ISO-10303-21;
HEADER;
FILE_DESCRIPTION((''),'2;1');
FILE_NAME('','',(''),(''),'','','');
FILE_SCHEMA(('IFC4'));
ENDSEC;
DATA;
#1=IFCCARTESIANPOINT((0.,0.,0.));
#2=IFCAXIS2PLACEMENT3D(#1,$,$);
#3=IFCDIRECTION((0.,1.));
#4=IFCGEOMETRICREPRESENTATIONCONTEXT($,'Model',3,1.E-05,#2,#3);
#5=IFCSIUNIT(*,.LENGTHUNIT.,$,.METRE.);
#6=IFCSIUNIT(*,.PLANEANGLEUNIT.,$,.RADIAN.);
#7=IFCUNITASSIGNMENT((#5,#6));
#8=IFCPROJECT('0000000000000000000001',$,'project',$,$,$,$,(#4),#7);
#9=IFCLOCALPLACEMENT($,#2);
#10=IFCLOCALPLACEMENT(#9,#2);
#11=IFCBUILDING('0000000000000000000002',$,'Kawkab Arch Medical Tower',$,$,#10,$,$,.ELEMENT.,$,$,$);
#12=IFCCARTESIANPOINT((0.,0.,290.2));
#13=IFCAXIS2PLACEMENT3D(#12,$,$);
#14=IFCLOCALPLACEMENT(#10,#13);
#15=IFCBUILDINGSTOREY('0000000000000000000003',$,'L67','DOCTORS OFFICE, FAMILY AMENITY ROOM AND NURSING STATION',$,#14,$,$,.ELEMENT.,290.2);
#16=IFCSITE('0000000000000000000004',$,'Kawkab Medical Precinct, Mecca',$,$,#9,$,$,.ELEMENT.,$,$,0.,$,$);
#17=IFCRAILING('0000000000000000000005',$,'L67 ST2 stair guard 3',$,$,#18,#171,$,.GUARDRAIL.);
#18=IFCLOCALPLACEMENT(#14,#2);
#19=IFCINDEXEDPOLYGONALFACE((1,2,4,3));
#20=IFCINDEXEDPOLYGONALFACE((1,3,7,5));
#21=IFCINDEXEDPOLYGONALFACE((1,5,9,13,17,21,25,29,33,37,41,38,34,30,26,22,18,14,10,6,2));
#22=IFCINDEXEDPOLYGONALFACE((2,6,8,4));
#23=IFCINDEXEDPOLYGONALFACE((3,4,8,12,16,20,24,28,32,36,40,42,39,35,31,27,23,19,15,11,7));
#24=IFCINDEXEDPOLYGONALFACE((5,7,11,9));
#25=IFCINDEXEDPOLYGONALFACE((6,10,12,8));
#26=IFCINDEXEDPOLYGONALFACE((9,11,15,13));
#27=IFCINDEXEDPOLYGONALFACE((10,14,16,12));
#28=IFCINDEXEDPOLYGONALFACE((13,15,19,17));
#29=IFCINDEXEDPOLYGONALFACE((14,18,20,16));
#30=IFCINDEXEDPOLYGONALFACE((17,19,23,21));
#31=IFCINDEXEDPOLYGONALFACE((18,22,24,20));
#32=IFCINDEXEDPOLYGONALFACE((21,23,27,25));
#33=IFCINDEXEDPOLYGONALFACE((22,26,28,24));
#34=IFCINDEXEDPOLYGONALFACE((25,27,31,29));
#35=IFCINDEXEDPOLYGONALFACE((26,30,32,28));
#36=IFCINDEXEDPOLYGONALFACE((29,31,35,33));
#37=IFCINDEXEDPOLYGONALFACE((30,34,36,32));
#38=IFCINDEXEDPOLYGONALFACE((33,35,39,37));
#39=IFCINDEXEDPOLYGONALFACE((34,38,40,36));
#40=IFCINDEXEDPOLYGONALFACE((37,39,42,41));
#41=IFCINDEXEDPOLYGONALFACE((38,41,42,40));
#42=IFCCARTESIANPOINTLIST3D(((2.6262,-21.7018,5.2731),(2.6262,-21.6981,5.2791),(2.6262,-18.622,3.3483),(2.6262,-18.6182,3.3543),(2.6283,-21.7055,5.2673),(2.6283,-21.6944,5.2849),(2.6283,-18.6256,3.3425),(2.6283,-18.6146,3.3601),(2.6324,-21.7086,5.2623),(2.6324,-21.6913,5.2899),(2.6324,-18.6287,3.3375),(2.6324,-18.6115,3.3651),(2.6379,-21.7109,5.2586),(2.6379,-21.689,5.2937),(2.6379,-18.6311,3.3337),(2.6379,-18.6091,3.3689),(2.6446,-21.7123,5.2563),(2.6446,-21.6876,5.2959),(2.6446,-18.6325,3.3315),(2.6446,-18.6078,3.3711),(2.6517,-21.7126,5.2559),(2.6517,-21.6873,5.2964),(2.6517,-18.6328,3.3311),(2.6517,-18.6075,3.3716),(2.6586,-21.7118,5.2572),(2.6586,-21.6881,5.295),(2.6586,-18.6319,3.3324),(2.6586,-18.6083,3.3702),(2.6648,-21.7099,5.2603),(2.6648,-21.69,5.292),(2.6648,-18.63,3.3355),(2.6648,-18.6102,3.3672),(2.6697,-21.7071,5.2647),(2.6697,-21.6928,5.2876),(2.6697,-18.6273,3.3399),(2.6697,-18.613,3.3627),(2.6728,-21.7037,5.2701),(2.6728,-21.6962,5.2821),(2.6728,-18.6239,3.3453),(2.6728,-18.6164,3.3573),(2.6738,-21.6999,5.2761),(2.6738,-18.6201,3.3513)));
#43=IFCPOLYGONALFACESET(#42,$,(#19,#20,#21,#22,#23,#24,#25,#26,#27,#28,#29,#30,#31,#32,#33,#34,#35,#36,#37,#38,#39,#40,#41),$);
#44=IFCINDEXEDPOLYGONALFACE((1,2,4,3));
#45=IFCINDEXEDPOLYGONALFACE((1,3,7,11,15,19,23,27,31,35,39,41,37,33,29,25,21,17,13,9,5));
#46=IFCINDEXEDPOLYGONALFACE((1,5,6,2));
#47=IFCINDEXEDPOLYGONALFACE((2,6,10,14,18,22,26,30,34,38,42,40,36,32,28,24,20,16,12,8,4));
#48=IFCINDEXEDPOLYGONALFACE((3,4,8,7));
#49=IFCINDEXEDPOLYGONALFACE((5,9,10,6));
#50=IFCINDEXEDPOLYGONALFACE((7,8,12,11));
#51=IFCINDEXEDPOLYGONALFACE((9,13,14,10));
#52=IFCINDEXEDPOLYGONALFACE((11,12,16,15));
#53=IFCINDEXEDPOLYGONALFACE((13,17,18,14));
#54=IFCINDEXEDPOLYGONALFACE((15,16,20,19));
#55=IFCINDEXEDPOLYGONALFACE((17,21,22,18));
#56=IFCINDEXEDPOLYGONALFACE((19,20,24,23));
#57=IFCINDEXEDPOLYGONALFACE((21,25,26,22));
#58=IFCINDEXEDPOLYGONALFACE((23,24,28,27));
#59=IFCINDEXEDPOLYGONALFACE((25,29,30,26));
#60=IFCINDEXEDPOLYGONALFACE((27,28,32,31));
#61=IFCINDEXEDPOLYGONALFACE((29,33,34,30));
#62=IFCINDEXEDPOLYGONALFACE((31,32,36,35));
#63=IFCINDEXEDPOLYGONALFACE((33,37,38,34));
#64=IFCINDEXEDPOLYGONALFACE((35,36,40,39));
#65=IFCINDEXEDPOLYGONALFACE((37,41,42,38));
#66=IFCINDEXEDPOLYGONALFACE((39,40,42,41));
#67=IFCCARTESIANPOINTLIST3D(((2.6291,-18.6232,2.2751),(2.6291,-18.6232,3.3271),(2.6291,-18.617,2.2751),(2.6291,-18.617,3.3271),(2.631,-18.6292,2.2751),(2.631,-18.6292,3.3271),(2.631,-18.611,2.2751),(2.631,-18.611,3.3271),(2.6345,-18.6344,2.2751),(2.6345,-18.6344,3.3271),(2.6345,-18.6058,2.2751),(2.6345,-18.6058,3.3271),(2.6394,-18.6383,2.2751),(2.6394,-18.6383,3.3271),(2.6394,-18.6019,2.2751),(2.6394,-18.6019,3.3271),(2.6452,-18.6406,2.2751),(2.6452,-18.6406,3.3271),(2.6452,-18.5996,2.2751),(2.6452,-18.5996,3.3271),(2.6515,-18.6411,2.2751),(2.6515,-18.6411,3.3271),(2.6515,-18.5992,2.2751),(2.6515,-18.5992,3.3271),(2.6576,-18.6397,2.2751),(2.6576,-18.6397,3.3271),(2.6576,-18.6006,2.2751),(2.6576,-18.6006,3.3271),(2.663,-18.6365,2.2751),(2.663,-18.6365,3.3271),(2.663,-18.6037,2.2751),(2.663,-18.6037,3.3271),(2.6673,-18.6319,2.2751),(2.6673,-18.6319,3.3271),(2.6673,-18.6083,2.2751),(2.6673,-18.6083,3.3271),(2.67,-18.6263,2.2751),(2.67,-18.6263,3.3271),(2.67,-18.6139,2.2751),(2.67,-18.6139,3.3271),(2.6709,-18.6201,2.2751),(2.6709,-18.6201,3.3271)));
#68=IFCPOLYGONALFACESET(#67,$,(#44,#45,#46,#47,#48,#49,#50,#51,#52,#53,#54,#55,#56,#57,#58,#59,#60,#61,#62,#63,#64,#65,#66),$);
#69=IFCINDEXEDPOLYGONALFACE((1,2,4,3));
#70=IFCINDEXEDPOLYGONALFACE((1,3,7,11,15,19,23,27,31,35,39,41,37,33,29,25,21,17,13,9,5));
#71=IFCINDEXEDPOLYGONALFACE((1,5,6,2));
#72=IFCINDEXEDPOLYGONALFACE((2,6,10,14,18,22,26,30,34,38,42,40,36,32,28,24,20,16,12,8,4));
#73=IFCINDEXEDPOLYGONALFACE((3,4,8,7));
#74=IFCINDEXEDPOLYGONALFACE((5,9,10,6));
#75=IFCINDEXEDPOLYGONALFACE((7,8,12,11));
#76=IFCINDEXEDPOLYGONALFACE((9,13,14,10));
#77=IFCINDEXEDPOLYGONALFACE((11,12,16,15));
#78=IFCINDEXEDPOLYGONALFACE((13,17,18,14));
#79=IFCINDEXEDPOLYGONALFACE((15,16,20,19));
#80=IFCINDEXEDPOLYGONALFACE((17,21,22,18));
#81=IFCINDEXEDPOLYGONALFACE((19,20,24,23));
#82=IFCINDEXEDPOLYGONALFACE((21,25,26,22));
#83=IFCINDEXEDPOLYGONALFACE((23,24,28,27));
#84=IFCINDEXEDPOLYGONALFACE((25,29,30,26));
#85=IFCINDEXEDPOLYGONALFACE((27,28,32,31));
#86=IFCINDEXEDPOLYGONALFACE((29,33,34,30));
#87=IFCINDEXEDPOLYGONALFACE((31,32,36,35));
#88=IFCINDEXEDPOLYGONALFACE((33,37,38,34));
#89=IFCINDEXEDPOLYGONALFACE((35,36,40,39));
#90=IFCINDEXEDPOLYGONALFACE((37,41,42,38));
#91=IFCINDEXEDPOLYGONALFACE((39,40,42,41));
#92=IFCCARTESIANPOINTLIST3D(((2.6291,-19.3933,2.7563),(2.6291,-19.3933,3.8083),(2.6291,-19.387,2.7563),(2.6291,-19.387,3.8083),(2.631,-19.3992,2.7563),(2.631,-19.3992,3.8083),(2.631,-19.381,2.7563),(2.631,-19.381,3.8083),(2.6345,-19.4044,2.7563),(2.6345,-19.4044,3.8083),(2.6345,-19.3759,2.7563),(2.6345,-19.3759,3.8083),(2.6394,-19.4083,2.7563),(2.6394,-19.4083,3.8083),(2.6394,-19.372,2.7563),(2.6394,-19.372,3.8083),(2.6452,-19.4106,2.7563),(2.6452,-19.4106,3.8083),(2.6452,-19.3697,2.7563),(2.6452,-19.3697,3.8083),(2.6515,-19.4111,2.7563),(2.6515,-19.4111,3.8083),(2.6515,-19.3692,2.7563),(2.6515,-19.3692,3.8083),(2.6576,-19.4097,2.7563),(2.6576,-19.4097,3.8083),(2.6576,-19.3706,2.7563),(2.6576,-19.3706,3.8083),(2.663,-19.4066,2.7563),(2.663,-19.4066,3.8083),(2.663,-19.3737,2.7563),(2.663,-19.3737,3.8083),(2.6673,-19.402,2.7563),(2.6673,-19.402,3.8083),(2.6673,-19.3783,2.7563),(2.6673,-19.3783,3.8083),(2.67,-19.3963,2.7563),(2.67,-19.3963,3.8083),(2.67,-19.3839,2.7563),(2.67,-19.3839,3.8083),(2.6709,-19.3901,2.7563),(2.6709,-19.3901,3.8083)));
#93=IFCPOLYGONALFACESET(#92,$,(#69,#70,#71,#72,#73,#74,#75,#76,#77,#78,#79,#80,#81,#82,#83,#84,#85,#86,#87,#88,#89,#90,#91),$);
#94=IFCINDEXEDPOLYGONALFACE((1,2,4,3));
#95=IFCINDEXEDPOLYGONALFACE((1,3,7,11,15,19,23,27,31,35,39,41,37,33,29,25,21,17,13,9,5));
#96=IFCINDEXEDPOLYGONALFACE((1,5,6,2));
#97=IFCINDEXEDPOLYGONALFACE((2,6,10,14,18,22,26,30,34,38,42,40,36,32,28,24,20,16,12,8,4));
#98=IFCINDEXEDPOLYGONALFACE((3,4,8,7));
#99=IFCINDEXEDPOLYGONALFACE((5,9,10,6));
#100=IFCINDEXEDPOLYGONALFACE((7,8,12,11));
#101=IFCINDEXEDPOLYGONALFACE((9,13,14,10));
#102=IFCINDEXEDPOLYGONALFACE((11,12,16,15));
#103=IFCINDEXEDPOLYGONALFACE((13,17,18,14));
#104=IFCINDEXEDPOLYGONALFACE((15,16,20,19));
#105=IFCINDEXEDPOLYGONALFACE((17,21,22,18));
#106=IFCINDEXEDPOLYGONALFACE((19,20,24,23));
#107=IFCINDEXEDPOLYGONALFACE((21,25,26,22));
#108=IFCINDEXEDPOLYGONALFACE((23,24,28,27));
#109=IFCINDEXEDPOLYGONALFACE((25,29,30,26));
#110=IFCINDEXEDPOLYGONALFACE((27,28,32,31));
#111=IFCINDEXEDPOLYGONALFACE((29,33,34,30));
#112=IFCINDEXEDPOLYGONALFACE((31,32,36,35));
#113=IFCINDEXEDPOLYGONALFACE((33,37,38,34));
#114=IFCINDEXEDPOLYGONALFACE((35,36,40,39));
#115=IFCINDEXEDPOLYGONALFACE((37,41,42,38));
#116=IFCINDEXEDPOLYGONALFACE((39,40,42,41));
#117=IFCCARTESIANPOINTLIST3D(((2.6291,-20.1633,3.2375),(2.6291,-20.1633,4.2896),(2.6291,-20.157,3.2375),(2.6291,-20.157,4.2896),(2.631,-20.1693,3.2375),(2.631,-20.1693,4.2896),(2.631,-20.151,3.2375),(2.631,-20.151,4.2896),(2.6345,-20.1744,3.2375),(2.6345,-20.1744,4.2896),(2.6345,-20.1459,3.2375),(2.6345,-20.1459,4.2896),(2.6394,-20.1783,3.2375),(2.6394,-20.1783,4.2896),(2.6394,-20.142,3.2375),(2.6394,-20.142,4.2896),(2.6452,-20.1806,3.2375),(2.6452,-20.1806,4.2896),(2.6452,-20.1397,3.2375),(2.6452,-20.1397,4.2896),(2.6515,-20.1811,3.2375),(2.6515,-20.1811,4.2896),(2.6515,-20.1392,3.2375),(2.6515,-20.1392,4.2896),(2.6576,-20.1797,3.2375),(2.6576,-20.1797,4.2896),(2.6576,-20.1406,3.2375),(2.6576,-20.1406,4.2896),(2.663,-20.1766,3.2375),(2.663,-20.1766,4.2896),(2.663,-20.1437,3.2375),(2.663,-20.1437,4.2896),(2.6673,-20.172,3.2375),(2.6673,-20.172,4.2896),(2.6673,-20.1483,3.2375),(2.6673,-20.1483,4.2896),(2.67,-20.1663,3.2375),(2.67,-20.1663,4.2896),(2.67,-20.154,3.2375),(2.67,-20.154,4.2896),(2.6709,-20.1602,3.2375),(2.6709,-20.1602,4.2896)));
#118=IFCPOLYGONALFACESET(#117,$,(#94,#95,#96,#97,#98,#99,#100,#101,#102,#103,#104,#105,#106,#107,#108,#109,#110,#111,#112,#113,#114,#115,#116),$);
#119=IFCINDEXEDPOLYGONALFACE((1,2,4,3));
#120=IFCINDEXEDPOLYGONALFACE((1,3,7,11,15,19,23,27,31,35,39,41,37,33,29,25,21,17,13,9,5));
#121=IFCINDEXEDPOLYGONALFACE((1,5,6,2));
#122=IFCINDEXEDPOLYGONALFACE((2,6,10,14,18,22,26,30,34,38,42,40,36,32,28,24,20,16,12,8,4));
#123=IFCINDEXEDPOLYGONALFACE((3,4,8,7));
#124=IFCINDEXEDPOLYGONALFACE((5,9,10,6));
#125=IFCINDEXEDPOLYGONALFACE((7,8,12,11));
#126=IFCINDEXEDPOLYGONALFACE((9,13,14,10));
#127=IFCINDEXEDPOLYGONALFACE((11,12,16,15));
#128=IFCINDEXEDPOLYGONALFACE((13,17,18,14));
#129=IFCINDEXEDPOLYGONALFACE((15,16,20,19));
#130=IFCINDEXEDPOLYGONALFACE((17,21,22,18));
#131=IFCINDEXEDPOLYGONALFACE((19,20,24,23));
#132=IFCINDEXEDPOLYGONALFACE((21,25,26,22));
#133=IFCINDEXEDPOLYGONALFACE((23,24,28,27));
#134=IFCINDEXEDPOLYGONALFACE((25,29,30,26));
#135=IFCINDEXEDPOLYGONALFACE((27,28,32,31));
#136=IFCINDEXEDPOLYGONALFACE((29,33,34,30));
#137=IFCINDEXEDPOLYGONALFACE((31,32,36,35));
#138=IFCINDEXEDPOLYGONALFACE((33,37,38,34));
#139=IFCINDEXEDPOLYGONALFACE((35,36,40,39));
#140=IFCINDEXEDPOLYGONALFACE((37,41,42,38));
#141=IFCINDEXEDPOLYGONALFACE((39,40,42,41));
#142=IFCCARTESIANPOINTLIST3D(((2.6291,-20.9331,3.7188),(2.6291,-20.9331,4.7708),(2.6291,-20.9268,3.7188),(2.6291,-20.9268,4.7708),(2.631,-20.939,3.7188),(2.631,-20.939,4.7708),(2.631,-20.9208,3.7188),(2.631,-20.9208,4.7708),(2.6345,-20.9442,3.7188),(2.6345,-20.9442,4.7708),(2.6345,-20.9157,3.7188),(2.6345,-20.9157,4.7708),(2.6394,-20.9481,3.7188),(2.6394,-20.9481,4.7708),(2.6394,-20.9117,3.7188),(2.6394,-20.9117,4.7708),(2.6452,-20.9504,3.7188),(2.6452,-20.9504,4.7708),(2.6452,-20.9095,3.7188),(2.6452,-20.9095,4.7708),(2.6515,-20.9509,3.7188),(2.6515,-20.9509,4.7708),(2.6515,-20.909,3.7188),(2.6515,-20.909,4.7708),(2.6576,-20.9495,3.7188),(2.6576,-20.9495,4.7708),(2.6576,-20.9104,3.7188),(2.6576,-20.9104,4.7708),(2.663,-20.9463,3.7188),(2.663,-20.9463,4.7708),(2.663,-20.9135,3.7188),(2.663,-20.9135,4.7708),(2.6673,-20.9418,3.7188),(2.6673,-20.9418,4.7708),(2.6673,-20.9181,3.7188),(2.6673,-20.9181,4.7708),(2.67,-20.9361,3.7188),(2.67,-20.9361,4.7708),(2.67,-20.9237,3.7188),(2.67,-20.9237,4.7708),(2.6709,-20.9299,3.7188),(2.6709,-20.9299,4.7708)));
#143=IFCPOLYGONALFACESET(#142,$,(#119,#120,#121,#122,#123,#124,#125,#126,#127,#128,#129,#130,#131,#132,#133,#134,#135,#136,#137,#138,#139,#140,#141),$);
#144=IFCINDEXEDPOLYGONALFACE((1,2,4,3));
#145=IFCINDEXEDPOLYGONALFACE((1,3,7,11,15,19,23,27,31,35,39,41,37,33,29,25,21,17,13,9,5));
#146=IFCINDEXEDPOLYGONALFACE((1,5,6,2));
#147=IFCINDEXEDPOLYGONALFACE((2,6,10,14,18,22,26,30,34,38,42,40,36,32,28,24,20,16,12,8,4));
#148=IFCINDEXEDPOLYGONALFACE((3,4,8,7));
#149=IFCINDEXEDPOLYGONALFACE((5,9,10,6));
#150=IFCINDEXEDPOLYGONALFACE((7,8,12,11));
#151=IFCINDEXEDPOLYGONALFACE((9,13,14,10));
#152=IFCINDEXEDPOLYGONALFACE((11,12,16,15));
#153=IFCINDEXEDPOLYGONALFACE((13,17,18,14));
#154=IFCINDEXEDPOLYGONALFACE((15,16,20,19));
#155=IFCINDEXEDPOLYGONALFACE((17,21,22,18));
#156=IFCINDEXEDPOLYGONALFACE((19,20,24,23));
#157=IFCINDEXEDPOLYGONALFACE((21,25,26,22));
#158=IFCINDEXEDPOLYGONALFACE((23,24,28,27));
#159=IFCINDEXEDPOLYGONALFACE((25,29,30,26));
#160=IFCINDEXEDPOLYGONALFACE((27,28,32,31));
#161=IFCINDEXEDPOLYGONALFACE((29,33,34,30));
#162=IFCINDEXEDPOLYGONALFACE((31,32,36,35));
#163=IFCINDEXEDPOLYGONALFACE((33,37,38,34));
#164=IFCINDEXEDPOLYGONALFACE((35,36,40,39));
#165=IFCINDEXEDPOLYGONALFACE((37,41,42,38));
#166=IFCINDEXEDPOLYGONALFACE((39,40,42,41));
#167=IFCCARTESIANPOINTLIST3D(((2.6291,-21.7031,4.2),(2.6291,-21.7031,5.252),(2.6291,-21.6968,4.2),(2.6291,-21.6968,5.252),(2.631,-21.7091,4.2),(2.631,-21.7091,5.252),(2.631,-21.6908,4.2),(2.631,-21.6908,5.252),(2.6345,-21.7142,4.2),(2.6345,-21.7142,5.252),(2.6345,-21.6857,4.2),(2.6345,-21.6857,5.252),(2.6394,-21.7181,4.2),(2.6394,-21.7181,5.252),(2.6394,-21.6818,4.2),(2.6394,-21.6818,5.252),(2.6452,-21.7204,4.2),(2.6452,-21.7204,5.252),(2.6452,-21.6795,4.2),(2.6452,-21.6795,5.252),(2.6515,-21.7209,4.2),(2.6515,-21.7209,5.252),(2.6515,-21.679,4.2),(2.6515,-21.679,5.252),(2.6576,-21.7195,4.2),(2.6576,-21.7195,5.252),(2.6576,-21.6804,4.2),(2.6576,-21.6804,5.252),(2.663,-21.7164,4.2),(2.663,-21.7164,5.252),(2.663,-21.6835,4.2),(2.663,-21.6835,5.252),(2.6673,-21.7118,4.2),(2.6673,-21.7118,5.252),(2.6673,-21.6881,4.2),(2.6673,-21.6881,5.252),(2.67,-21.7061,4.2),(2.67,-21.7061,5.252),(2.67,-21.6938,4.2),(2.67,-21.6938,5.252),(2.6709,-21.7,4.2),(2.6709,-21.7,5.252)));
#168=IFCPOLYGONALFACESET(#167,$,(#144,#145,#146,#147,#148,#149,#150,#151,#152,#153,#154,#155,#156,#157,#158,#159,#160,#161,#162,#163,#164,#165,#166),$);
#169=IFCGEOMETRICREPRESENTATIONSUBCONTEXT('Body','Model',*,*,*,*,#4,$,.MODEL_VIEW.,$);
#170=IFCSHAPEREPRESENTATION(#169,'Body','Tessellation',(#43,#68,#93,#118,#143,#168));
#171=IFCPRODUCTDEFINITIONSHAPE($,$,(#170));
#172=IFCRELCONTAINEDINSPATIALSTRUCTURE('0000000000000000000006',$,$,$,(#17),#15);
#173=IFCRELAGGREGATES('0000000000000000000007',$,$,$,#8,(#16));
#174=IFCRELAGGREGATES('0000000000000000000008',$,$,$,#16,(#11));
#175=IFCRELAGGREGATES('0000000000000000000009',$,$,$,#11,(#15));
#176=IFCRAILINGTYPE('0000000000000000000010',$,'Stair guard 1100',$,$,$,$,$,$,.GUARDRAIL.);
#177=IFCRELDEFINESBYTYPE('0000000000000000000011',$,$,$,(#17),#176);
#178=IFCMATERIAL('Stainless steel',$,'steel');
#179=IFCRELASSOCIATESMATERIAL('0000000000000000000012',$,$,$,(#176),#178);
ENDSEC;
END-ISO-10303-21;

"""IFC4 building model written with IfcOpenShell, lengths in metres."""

from ifc_helpers import new_model, si_unit, direction, frame, origin, origin_2d, place, context, subcontext, project, spatial, circle, extrude, material, type_object, element, save


model = new_model("IFC4")

# Units and contexts
model_context = context("Model", 3, precision=1e-05, world=origin(), true_north=direction((0.0, 1.0)))
body_context = subcontext(model_context, "Body", "Model", "MODEL_VIEW")
ifc_project = project(units=[si_unit("LENGTHUNIT", "METRE"), si_unit("PLANEANGLEUNIT", "RADIAN")], contexts=[model_context])

# Site, building, storey
site_placement = place(None, origin())
site = spatial("IfcSite", under=ifc_project, at=site_placement, Name="Kawkab Medical Precinct, Mecca", CompositionType="ELEMENT", RefElevation=0.0)
building_placement = place(site_placement, origin())
building = spatial("IfcBuilding", under=site, at=building_placement, Name="Kawkab Arch Medical Tower", CompositionType="ELEMENT")
storey_placement = place(building_placement, frame((0.0, 0.0, 290.2)))
storey = spatial("IfcBuildingStorey", under=building, at=storey_placement, Name="L67", Description="DOCTORS OFFICE, FAMILY AMENITY ROOM AND NURSING STATION", CompositionType="ELEMENT", Elevation=290.2)

# Railing
ifc_material_1 = material(Name="Stainless steel", Category="steel")
railing_type = type_object("IfcRailingType", Name="Stair guard 1100", PredefinedType="GUARDRAIL", material=ifc_material_1)
railing_placement = place(storey_placement, frame((2.6499, -18.6201, 2.2751)))
element("IfcRailing", 1, at=railing_placement, inside=storey, type_object=railing_type, Name="L67 ST2 stair guard 3", PredefinedType="GUARDRAIL", context=body_context, shape_type="SweptSolid", body=[
    extrude(circle(Radius=0.0239, at=origin_2d()), frame((0.0, 0.0, 1.0762), z_axis=(0.0, -0.84801, 0.529981), x_axis=(1.0, 0.0, 0.0)), (0.0, 0.0, 1.0), 3.6318),
    extrude(circle(Radius=0.021, at=origin_2d()), origin(), (0.0, 0.0, 1.0), 1.052),
    extrude(circle(Radius=0.021, at=origin_2d()), frame((0.0, -0.77, 0.4812)), (0.0, 0.0, 1.0), 1.052),
    extrude(circle(Radius=0.021, at=origin_2d()), frame((0.0, -1.54, 0.9624)), (0.0, 0.0, 1.0), 1.052),
    extrude(circle(Radius=0.021, at=origin_2d()), frame((0.0, -2.3098, 1.4436)), (0.0, 0.0, 1.0), 1.052),
    extrude(circle(Radius=0.021, at=origin_2d()), frame((0.0, -3.0798, 1.9248)), (0.0, 0.0, 1.0), 1.052),
])

save(model, "model.ifc")
